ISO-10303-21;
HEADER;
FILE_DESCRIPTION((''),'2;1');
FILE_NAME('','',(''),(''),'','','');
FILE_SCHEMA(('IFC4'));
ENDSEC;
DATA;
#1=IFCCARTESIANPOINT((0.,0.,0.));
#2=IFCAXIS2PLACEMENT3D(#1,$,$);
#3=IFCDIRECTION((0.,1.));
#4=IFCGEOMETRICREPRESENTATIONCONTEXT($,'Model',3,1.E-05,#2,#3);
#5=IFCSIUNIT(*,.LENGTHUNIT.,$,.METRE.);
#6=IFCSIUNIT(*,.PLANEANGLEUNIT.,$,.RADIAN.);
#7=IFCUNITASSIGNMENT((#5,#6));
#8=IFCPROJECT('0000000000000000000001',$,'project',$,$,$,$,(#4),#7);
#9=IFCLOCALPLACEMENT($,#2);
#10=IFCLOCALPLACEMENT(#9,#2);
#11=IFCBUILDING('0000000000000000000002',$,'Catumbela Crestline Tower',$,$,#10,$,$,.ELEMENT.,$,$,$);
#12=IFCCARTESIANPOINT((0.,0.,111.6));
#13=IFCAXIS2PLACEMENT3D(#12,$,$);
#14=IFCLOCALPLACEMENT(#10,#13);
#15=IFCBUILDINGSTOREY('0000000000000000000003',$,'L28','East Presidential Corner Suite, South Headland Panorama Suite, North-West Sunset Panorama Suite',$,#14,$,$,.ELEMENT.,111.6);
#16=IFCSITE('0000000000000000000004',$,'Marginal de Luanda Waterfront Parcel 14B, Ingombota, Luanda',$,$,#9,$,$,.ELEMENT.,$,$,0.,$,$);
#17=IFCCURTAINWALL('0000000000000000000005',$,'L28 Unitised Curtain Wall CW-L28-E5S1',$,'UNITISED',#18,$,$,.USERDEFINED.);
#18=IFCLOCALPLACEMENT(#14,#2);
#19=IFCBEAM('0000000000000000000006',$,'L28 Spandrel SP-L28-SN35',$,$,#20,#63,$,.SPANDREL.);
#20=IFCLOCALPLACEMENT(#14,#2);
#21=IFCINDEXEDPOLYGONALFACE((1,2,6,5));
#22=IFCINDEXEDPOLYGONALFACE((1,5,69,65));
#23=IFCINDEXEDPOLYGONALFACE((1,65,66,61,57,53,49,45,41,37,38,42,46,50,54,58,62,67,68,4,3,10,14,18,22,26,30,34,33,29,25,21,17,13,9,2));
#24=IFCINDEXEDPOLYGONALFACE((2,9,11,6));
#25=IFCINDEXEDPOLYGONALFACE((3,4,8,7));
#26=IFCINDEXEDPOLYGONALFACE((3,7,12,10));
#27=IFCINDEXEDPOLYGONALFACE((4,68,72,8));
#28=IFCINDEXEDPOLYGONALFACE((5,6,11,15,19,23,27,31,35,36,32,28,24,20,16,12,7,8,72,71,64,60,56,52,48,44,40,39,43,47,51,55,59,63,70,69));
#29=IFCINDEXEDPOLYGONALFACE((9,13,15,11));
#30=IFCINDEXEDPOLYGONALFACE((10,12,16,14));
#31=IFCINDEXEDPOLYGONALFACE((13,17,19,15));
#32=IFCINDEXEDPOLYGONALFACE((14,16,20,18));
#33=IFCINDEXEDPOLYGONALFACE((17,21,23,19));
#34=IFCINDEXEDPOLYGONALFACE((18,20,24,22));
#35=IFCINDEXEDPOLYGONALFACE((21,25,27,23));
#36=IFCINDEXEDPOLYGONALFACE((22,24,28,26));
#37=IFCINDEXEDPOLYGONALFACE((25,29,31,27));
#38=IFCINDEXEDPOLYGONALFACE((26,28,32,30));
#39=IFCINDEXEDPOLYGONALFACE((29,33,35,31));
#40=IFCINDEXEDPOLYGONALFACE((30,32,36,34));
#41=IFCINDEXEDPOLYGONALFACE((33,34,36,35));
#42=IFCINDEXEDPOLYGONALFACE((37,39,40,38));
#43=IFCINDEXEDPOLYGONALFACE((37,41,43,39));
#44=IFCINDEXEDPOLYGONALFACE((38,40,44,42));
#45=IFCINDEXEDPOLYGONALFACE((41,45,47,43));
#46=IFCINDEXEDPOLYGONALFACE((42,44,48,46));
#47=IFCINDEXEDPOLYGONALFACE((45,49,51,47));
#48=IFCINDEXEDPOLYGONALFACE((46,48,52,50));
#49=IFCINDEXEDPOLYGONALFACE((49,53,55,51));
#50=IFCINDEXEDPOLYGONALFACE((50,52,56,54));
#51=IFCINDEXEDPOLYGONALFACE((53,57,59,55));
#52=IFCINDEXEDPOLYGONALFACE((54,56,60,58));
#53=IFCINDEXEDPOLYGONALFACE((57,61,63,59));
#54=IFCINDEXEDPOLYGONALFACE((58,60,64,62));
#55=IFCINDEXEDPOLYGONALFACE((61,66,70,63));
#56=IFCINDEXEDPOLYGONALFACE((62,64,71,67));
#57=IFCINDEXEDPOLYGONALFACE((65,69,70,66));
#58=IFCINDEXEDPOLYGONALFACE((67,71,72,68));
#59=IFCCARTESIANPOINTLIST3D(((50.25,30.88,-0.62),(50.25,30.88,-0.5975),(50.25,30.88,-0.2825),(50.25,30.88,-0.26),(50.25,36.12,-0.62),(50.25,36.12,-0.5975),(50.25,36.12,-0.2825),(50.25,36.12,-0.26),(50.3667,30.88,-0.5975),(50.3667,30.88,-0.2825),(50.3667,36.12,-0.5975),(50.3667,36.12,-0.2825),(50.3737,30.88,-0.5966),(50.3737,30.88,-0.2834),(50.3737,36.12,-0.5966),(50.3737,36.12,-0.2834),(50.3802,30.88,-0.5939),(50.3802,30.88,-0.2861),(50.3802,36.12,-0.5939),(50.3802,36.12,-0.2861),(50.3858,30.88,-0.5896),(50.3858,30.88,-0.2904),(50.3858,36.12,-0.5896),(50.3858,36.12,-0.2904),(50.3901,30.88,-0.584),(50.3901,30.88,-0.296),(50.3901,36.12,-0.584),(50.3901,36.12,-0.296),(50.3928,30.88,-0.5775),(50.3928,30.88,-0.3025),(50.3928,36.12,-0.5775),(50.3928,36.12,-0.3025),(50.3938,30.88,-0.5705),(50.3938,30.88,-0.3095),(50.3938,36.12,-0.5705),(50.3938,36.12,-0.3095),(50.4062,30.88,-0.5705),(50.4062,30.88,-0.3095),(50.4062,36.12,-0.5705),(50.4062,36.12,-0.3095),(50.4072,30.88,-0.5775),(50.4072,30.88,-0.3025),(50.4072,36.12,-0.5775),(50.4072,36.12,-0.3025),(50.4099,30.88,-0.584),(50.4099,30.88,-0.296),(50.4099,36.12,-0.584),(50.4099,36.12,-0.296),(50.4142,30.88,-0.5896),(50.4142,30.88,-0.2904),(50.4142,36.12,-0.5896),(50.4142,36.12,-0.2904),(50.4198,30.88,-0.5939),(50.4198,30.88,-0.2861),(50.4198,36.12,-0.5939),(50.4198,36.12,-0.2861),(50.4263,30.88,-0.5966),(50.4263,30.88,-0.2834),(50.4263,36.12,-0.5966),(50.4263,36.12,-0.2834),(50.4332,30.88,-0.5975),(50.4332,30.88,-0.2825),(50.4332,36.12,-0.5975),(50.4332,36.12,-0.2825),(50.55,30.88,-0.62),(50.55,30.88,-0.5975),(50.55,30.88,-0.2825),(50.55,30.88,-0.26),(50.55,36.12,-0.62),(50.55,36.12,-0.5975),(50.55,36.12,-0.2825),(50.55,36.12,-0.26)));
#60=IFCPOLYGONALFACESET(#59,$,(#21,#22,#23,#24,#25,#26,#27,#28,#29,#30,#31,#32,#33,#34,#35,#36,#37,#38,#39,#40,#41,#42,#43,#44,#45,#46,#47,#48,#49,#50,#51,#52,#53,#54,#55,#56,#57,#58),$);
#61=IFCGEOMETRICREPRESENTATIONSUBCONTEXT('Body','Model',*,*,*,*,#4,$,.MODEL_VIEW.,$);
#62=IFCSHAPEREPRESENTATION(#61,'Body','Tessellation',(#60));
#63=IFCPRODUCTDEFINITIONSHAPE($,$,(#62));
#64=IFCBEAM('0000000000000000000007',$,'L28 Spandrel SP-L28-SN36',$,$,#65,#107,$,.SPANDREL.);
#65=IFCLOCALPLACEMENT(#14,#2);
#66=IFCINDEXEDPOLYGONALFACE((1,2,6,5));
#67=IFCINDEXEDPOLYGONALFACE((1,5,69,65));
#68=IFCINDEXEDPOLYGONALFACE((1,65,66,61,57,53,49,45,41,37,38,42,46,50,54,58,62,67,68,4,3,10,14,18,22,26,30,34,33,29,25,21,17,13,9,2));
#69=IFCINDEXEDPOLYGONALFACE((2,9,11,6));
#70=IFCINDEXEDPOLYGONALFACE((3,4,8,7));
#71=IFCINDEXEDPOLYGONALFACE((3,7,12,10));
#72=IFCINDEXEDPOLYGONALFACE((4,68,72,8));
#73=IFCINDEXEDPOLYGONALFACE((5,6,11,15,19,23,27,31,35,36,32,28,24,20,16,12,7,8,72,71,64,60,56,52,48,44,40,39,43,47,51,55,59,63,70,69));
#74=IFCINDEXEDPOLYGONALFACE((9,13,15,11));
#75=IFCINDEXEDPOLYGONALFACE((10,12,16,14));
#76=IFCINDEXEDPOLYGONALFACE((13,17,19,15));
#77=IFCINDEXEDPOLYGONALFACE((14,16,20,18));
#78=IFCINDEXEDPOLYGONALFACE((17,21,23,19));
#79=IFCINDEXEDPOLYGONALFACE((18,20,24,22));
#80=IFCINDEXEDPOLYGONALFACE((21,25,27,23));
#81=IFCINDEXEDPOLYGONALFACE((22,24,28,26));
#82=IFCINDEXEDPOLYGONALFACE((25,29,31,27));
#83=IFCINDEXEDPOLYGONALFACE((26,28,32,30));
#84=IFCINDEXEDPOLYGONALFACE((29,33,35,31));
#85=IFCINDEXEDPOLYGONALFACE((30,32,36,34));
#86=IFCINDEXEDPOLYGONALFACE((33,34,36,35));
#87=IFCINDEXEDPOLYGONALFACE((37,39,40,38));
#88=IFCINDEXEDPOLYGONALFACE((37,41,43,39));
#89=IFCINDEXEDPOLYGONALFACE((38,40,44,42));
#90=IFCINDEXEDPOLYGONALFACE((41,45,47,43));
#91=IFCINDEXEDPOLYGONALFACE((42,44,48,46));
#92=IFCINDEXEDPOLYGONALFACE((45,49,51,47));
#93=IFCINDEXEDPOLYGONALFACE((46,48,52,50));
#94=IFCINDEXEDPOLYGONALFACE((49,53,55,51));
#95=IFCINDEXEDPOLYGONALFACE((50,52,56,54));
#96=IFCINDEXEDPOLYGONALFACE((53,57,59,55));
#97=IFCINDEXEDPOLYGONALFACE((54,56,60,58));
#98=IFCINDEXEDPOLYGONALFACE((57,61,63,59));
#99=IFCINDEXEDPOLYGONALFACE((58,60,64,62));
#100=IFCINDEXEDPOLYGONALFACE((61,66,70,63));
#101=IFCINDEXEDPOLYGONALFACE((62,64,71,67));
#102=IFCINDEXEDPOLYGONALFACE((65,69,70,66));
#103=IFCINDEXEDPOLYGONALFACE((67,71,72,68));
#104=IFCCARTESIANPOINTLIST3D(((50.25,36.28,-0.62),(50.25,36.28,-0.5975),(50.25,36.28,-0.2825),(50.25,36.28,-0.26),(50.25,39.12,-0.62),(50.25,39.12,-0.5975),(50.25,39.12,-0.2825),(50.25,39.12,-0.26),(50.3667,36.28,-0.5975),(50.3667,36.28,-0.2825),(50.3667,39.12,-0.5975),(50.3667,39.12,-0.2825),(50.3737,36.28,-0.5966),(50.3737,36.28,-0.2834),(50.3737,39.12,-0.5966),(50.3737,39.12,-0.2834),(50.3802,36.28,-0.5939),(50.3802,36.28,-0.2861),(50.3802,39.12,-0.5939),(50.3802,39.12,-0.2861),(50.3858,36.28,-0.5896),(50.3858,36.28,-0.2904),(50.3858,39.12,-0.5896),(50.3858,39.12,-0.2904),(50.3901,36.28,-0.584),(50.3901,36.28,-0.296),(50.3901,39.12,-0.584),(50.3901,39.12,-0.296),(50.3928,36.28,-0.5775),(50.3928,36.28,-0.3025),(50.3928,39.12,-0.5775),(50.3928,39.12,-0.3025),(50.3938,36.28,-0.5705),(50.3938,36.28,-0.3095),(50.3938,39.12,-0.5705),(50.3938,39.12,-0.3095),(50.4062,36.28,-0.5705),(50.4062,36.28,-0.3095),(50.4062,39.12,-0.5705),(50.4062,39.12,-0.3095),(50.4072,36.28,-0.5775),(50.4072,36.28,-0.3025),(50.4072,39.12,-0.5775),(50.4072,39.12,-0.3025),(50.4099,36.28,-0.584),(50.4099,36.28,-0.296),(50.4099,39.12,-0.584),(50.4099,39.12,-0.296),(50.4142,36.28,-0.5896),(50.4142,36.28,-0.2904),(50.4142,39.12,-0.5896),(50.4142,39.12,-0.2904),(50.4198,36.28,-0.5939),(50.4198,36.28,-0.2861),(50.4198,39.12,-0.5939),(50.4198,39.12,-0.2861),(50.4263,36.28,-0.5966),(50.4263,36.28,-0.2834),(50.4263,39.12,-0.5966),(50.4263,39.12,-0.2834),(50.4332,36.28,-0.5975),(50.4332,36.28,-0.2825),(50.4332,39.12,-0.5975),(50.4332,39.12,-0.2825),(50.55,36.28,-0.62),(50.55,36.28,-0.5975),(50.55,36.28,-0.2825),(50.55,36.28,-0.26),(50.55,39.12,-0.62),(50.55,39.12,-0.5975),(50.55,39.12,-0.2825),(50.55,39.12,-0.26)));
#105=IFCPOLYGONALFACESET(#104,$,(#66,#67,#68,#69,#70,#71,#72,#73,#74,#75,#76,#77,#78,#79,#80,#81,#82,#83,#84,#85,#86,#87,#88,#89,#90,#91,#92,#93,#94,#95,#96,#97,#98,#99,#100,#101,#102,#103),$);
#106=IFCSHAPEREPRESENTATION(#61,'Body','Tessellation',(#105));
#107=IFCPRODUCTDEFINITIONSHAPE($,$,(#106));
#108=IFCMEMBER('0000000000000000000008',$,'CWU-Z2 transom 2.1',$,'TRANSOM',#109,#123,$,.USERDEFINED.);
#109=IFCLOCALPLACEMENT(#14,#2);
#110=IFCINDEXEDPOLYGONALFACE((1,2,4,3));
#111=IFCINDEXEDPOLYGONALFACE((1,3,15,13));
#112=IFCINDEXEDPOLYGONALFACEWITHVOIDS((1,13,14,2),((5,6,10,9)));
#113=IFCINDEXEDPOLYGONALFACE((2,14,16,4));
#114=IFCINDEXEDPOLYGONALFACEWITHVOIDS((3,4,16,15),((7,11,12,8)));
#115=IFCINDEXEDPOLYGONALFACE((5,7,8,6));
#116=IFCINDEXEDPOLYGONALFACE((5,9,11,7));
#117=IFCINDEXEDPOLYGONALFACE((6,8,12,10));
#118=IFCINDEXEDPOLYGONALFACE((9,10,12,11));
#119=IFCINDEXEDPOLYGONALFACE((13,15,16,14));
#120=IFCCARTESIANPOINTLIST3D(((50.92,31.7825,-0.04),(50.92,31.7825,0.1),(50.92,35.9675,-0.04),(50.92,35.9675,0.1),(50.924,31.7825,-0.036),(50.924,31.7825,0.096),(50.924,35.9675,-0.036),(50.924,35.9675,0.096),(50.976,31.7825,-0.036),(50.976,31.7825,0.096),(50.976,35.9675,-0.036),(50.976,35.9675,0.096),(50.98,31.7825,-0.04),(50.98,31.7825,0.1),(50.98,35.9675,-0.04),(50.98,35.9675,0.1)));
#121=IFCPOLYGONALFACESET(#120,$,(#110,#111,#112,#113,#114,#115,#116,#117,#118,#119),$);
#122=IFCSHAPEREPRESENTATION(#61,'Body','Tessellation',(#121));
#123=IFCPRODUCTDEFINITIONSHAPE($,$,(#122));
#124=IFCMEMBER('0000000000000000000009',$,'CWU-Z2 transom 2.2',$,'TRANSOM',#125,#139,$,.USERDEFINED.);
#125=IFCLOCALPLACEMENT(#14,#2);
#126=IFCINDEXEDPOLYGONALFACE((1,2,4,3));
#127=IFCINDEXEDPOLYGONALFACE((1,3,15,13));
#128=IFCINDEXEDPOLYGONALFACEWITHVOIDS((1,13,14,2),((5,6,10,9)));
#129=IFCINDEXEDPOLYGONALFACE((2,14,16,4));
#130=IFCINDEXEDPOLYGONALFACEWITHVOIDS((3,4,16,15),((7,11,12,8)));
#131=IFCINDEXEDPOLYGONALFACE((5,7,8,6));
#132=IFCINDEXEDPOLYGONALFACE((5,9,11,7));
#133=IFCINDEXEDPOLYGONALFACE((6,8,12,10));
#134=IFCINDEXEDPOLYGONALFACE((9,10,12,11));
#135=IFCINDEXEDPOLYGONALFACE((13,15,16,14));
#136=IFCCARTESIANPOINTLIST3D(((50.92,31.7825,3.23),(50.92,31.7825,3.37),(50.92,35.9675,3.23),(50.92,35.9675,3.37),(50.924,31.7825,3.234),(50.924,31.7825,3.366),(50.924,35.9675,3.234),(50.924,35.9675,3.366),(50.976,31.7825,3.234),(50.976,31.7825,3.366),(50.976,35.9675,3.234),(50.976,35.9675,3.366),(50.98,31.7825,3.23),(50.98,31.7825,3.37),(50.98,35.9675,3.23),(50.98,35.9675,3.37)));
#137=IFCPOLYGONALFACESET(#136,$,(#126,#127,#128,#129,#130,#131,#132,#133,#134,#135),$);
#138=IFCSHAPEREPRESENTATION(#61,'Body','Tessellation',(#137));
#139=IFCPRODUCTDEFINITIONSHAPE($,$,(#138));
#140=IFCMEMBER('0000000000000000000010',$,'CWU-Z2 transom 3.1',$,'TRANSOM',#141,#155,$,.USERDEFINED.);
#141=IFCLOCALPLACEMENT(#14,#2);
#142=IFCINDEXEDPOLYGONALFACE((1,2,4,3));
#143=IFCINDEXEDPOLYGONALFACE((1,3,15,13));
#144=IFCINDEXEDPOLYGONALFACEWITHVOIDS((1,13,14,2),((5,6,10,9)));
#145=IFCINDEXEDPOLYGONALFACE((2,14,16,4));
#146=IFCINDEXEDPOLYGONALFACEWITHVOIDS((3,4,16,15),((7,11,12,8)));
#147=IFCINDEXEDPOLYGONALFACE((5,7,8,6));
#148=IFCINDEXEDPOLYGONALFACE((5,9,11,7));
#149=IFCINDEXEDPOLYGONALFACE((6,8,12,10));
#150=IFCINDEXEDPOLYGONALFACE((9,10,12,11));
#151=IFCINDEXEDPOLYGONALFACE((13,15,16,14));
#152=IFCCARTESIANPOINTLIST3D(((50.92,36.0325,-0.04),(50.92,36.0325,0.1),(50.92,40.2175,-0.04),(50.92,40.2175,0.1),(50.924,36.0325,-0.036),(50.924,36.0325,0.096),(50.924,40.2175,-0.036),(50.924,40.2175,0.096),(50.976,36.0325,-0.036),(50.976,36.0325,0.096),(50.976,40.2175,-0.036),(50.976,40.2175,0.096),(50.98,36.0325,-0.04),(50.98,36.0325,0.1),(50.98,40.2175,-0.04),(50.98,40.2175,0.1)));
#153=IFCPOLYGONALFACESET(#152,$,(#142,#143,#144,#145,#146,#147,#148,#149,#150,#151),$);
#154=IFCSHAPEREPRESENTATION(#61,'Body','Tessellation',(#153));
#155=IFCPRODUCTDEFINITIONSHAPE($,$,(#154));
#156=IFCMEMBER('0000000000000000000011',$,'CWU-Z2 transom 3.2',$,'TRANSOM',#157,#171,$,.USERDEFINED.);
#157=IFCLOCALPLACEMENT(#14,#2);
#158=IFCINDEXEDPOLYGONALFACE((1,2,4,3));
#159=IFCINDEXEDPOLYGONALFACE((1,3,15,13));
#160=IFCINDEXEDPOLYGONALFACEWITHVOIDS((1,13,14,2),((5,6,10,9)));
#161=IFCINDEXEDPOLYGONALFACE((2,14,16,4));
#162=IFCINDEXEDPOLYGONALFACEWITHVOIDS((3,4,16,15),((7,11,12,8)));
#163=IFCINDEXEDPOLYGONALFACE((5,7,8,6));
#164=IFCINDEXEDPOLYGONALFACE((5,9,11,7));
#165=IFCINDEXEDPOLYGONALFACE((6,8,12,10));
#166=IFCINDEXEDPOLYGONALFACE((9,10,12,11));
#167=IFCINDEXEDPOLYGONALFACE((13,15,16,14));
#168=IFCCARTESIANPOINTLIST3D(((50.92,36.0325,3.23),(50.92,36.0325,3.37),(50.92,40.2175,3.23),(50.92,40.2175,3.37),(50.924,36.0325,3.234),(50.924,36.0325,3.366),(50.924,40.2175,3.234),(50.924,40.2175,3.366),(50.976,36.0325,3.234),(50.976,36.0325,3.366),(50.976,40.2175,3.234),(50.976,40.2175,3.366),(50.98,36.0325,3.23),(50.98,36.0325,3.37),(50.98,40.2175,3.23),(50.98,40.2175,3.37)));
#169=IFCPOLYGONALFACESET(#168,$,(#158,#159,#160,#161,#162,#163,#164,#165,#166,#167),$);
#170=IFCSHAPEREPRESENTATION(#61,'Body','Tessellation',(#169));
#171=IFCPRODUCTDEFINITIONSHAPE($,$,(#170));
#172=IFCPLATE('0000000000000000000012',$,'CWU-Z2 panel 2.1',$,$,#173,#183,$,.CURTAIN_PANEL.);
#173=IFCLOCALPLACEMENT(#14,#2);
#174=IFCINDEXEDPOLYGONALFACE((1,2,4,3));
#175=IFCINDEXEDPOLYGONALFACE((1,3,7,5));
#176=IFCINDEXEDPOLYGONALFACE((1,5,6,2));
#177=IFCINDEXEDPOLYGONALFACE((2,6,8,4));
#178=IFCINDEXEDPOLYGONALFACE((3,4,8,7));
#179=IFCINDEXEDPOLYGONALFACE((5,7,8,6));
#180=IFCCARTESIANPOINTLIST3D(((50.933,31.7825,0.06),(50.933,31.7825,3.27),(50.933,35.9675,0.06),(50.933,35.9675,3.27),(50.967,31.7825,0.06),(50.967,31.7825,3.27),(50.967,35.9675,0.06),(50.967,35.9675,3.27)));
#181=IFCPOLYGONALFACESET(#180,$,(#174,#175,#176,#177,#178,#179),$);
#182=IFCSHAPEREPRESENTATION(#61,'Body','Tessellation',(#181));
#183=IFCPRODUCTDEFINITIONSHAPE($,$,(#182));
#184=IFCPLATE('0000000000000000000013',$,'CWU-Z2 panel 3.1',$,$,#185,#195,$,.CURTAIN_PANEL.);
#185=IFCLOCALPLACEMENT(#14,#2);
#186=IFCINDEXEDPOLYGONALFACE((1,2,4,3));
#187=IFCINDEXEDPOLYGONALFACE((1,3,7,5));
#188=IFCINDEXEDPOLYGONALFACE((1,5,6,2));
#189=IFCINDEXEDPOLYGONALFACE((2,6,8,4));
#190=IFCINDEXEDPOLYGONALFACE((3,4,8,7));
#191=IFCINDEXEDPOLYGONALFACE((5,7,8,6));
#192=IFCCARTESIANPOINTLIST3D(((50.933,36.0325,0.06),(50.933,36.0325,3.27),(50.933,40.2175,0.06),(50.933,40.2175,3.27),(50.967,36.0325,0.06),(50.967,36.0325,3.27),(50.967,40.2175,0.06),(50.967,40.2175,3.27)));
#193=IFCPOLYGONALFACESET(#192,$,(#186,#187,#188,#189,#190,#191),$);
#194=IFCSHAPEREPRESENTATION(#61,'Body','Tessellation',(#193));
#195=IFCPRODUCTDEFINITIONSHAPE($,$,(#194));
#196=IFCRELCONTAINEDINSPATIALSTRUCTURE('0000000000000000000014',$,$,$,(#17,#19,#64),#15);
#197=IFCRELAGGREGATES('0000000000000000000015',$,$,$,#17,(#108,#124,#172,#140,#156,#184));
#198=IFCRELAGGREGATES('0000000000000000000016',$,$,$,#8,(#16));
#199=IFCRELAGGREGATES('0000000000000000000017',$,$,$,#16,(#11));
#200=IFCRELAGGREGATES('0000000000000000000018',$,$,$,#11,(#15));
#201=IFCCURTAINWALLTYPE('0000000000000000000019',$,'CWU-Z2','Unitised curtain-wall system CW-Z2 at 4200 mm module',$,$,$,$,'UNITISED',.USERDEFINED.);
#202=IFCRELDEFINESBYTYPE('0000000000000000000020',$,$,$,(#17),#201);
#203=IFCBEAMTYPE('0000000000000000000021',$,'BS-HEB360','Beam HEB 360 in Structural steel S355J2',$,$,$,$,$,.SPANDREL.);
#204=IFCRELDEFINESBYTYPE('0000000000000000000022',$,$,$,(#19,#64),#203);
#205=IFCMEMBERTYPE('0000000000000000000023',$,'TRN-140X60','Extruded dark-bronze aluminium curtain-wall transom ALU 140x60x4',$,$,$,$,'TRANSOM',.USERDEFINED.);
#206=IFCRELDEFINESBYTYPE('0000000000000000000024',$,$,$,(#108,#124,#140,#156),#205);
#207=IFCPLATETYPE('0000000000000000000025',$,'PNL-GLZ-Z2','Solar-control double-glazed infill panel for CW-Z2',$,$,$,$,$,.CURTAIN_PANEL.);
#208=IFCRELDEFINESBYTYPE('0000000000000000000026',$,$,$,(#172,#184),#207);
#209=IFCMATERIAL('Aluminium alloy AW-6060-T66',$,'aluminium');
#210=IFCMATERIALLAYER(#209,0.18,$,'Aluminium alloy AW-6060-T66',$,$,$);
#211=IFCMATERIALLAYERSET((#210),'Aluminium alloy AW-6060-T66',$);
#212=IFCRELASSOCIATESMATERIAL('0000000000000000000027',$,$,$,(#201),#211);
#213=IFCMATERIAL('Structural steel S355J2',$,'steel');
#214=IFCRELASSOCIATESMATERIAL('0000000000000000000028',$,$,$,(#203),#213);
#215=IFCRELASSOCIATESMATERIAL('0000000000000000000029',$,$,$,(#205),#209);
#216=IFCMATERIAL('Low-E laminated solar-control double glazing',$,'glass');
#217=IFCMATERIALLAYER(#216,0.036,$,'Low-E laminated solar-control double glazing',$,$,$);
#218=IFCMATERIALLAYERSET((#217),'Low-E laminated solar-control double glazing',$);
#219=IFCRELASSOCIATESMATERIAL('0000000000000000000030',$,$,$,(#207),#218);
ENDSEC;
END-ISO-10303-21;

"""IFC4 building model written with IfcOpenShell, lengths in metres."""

from ifc_helpers import new_model, si_unit, direction, frame, origin, origin_2d, place, context, subcontext, project, spatial, rectangle, hollow_rectangle, i_section, extrude, material, layer, layer_set, material_profile, profile_set, type_object, element, aggregate, save


model = new_model("IFC4")

# Units and contexts
model_context = context("Model", 3, precision=1e-05, world=origin(), true_north=direction((0.0, 1.0)))
body_context = subcontext(model_context, "Body", "Model", "MODEL_VIEW")
ifc_project = project(units=[si_unit("LENGTHUNIT", "METRE"), si_unit("PLANEANGLEUNIT", "RADIAN")], contexts=[model_context])

# Site, building, storey
site_placement = place(None, origin())
site = spatial("IfcSite", under=ifc_project, at=site_placement, Name="Marginal de Luanda Waterfront Parcel 14B, Ingombota, Luanda", CompositionType="ELEMENT", RefElevation=0.0)
building_placement = place(site_placement, origin())
building = spatial("IfcBuilding", under=site, at=building_placement, Name="Catumbela Crestline Tower", CompositionType="ELEMENT")
storey_placement = place(building_placement, frame((0.0, 0.0, 111.6)))
storey = spatial("IfcBuildingStorey", under=building, at=storey_placement, Name="L28", Description="East Presidential Corner Suite, South Headland Panorama Suite, North-West Sunset Panorama Suite", CompositionType="ELEMENT", Elevation=111.6)

# Shared definitions
ifc_material_1 = material(Name="Structural steel S355J2", Category="steel")

# Curtain wall
ifc_material_2 = material(Name="Aluminium alloy AW-6060-T66", Category="aluminium")
ifc_layer_1 = layer(ifc_material_2, 0.18, Name="Aluminium alloy AW-6060-T66")
ifc_layer_set_1 = layer_set([ifc_layer_1], Name="Aluminium alloy AW-6060-T66")
curtain_wall_type = type_object("IfcCurtainWallType", Name="CWU-Z2", Description="Unitised curtain-wall system CW-Z2 at 4200 mm module", ElementType="UNITISED", PredefinedType="USERDEFINED", material=ifc_layer_set_1)
curtain_wall_placement = place(storey_placement, origin())
curtain_wall = element("IfcCurtainWall", 1, at=curtain_wall_placement, inside=storey, type_object=curtain_wall_type, Name="L28 Unitised Curtain Wall CW-L28-E5S1", ObjectType="UNITISED", PredefinedType="USERDEFINED")

# Beams
ifc_material_profile_1 = material_profile(ifc_material_1, i_section(OverallWidth=0.3, OverallDepth=0.36, WebThickness=0.0125, FlangeThickness=0.0225, FilletRadius=0.027, at=origin_2d()), Name="HEB 360")
ifc_profile_set_1 = profile_set([ifc_material_profile_1], Name="Structural steel S355J2")
beam_type_1 = type_object("IfcBeamType", Name="BS-HEB360", Description="Beam HEB 360 in Structural steel S355J2", PredefinedType="SPANDREL", material=ifc_profile_set_1)
beam_1_placement = place(storey_placement, frame((50.4, 30.88, -0.44), z_axis=(0.0, 1.0, 0.0), x_axis=(-1.0, 0.0, 0.0)))
element("IfcBeam", 2, at=beam_1_placement, inside=storey, type_object=beam_type_1, Name="L28 Spandrel SP-L28-SN35", PredefinedType="SPANDREL", context=body_context, shape_type="SweptSolid", body=[
    extrude(i_section(OverallWidth=0.3, OverallDepth=0.36, WebThickness=0.0125, FlangeThickness=0.0225, FilletRadius=0.027, at=origin_2d()), origin(), (0.0, 0.0, 1.0), 5.24),
])
beam_2_placement = place(storey_placement, frame((50.4, 36.28, -0.44), z_axis=(0.0, 1.0, 0.0), x_axis=(-1.0, 0.0, 0.0)))
element("IfcBeam", 3, at=beam_2_placement, inside=storey, type_object=beam_type_1, Name="L28 Spandrel SP-L28-SN36", PredefinedType="SPANDREL", context=body_context, shape_type="SweptSolid", body=[
    extrude(i_section(OverallWidth=0.3, OverallDepth=0.36, WebThickness=0.0125, FlangeThickness=0.0225, FilletRadius=0.027, at=origin_2d()), origin(), (0.0, 0.0, 1.0), 2.84),
])

# Members
ifc_material_profile_2 = material_profile(ifc_material_2, hollow_rectangle(XDim=0.06, YDim=0.14, WallThickness=0.004, at=origin_2d()), Name="ALU 140x60x4")
ifc_profile_set_2 = profile_set([ifc_material_profile_2], Name="Aluminium alloy AW-6060-T66")
member_type_1 = type_object("IfcMemberType", Name="TRN-140X60", Description="Extruded dark-bronze aluminium curtain-wall transom ALU 140x60x4", ElementType="TRANSOM", PredefinedType="USERDEFINED", material=ifc_profile_set_2)
member_1_placement = place(storey_placement, frame((50.95, 31.7825, 0.03), z_axis=(0.0, 1.0, 0.0), x_axis=(-1.0, 0.0, 0.0)))
member_1 = element("IfcMember", 4, at=member_1_placement, type_object=member_type_1, Name="CWU-Z2 transom 2.1", ObjectType="TRANSOM", PredefinedType="USERDEFINED", context=body_context, shape_type="SweptSolid", body=[
    extrude(hollow_rectangle(XDim=0.06, YDim=0.14, WallThickness=0.004, at=origin_2d()), origin(), (0.0, 0.0, 1.0), 4.185),
])
member_2_placement = place(storey_placement, frame((50.95, 31.7825, 3.3), z_axis=(0.0, 1.0, 0.0), x_axis=(-1.0, 0.0, 0.0)))
member_2 = element("IfcMember", 5, at=member_2_placement, type_object=member_type_1, Name="CWU-Z2 transom 2.2", ObjectType="TRANSOM", PredefinedType="USERDEFINED", context=body_context, shape_type="SweptSolid", body=[
    extrude(hollow_rectangle(XDim=0.06, YDim=0.14, WallThickness=0.004, at=origin_2d()), origin(), (0.0, 0.0, 1.0), 4.185),
])
member_3_placement = place(storey_placement, frame((50.95, 36.0325, 0.03), z_axis=(0.0, 1.0, 0.0), x_axis=(-1.0, 0.0, 0.0)))
member_3 = element("IfcMember", 6, at=member_3_placement, type_object=member_type_1, Name="CWU-Z2 transom 3.1", ObjectType="TRANSOM", PredefinedType="USERDEFINED", context=body_context, shape_type="SweptSolid", body=[
    extrude(hollow_rectangle(XDim=0.06, YDim=0.14, WallThickness=0.004, at=origin_2d()), origin(), (0.0, 0.0, 1.0), 4.185),
])
member_4_placement = place(storey_placement, frame((50.95, 36.0325, 3.3), z_axis=(0.0, 1.0, 0.0), x_axis=(-1.0, 0.0, 0.0)))
member_4 = element("IfcMember", 7, at=member_4_placement, type_object=member_type_1, Name="CWU-Z2 transom 3.2", ObjectType="TRANSOM", PredefinedType="USERDEFINED", context=body_context, shape_type="SweptSolid", body=[
    extrude(hollow_rectangle(XDim=0.06, YDim=0.14, WallThickness=0.004, at=origin_2d()), origin(), (0.0, 0.0, 1.0), 4.185),
])

# Plates
ifc_material_3 = material(Name="Low-E laminated solar-control double glazing", Category="glass")
ifc_layer_2 = layer(ifc_material_3, 0.036, Name="Low-E laminated solar-control double glazing")
ifc_layer_set_2 = layer_set([ifc_layer_2], Name="Low-E laminated solar-control double glazing")
plate_type = type_object("IfcPlateType", Name="PNL-GLZ-Z2", Description="Solar-control double-glazed infill panel for CW-Z2", PredefinedType="CURTAIN_PANEL", material=ifc_layer_set_2)
plate_1_placement = place(storey_placement, frame((50.95, 33.875, 0.06), z_axis=(0.0, 0.0, 1.0), x_axis=(0.0, 1.0, 0.0)))
plate_1 = element("IfcPlate", 8, at=plate_1_placement, type_object=plate_type, Name="CWU-Z2 panel 2.1", PredefinedType="CURTAIN_PANEL", context=body_context, shape_type="SweptSolid", body=[
    extrude(rectangle(XDim=4.185, YDim=0.034, at=origin_2d()), origin(), (0.0, 0.0, 1.0), 3.21),
])
plate_2_placement = place(storey_placement, frame((50.95, 38.125, 0.06), z_axis=(0.0, 0.0, 1.0), x_axis=(0.0, 1.0, 0.0)))
plate_2 = element("IfcPlate", 9, at=plate_2_placement, type_object=plate_type, Name="CWU-Z2 panel 3.1", PredefinedType="CURTAIN_PANEL", context=body_context, shape_type="SweptSolid", body=[
    extrude(rectangle(XDim=4.185, YDim=0.034, at=origin_2d()), origin(), (0.0, 0.0, 1.0), 3.21),
])
aggregate(curtain_wall, [member_1, member_2, plate_1, member_3, member_4, plate_2])

save(model, "model.ifc")
